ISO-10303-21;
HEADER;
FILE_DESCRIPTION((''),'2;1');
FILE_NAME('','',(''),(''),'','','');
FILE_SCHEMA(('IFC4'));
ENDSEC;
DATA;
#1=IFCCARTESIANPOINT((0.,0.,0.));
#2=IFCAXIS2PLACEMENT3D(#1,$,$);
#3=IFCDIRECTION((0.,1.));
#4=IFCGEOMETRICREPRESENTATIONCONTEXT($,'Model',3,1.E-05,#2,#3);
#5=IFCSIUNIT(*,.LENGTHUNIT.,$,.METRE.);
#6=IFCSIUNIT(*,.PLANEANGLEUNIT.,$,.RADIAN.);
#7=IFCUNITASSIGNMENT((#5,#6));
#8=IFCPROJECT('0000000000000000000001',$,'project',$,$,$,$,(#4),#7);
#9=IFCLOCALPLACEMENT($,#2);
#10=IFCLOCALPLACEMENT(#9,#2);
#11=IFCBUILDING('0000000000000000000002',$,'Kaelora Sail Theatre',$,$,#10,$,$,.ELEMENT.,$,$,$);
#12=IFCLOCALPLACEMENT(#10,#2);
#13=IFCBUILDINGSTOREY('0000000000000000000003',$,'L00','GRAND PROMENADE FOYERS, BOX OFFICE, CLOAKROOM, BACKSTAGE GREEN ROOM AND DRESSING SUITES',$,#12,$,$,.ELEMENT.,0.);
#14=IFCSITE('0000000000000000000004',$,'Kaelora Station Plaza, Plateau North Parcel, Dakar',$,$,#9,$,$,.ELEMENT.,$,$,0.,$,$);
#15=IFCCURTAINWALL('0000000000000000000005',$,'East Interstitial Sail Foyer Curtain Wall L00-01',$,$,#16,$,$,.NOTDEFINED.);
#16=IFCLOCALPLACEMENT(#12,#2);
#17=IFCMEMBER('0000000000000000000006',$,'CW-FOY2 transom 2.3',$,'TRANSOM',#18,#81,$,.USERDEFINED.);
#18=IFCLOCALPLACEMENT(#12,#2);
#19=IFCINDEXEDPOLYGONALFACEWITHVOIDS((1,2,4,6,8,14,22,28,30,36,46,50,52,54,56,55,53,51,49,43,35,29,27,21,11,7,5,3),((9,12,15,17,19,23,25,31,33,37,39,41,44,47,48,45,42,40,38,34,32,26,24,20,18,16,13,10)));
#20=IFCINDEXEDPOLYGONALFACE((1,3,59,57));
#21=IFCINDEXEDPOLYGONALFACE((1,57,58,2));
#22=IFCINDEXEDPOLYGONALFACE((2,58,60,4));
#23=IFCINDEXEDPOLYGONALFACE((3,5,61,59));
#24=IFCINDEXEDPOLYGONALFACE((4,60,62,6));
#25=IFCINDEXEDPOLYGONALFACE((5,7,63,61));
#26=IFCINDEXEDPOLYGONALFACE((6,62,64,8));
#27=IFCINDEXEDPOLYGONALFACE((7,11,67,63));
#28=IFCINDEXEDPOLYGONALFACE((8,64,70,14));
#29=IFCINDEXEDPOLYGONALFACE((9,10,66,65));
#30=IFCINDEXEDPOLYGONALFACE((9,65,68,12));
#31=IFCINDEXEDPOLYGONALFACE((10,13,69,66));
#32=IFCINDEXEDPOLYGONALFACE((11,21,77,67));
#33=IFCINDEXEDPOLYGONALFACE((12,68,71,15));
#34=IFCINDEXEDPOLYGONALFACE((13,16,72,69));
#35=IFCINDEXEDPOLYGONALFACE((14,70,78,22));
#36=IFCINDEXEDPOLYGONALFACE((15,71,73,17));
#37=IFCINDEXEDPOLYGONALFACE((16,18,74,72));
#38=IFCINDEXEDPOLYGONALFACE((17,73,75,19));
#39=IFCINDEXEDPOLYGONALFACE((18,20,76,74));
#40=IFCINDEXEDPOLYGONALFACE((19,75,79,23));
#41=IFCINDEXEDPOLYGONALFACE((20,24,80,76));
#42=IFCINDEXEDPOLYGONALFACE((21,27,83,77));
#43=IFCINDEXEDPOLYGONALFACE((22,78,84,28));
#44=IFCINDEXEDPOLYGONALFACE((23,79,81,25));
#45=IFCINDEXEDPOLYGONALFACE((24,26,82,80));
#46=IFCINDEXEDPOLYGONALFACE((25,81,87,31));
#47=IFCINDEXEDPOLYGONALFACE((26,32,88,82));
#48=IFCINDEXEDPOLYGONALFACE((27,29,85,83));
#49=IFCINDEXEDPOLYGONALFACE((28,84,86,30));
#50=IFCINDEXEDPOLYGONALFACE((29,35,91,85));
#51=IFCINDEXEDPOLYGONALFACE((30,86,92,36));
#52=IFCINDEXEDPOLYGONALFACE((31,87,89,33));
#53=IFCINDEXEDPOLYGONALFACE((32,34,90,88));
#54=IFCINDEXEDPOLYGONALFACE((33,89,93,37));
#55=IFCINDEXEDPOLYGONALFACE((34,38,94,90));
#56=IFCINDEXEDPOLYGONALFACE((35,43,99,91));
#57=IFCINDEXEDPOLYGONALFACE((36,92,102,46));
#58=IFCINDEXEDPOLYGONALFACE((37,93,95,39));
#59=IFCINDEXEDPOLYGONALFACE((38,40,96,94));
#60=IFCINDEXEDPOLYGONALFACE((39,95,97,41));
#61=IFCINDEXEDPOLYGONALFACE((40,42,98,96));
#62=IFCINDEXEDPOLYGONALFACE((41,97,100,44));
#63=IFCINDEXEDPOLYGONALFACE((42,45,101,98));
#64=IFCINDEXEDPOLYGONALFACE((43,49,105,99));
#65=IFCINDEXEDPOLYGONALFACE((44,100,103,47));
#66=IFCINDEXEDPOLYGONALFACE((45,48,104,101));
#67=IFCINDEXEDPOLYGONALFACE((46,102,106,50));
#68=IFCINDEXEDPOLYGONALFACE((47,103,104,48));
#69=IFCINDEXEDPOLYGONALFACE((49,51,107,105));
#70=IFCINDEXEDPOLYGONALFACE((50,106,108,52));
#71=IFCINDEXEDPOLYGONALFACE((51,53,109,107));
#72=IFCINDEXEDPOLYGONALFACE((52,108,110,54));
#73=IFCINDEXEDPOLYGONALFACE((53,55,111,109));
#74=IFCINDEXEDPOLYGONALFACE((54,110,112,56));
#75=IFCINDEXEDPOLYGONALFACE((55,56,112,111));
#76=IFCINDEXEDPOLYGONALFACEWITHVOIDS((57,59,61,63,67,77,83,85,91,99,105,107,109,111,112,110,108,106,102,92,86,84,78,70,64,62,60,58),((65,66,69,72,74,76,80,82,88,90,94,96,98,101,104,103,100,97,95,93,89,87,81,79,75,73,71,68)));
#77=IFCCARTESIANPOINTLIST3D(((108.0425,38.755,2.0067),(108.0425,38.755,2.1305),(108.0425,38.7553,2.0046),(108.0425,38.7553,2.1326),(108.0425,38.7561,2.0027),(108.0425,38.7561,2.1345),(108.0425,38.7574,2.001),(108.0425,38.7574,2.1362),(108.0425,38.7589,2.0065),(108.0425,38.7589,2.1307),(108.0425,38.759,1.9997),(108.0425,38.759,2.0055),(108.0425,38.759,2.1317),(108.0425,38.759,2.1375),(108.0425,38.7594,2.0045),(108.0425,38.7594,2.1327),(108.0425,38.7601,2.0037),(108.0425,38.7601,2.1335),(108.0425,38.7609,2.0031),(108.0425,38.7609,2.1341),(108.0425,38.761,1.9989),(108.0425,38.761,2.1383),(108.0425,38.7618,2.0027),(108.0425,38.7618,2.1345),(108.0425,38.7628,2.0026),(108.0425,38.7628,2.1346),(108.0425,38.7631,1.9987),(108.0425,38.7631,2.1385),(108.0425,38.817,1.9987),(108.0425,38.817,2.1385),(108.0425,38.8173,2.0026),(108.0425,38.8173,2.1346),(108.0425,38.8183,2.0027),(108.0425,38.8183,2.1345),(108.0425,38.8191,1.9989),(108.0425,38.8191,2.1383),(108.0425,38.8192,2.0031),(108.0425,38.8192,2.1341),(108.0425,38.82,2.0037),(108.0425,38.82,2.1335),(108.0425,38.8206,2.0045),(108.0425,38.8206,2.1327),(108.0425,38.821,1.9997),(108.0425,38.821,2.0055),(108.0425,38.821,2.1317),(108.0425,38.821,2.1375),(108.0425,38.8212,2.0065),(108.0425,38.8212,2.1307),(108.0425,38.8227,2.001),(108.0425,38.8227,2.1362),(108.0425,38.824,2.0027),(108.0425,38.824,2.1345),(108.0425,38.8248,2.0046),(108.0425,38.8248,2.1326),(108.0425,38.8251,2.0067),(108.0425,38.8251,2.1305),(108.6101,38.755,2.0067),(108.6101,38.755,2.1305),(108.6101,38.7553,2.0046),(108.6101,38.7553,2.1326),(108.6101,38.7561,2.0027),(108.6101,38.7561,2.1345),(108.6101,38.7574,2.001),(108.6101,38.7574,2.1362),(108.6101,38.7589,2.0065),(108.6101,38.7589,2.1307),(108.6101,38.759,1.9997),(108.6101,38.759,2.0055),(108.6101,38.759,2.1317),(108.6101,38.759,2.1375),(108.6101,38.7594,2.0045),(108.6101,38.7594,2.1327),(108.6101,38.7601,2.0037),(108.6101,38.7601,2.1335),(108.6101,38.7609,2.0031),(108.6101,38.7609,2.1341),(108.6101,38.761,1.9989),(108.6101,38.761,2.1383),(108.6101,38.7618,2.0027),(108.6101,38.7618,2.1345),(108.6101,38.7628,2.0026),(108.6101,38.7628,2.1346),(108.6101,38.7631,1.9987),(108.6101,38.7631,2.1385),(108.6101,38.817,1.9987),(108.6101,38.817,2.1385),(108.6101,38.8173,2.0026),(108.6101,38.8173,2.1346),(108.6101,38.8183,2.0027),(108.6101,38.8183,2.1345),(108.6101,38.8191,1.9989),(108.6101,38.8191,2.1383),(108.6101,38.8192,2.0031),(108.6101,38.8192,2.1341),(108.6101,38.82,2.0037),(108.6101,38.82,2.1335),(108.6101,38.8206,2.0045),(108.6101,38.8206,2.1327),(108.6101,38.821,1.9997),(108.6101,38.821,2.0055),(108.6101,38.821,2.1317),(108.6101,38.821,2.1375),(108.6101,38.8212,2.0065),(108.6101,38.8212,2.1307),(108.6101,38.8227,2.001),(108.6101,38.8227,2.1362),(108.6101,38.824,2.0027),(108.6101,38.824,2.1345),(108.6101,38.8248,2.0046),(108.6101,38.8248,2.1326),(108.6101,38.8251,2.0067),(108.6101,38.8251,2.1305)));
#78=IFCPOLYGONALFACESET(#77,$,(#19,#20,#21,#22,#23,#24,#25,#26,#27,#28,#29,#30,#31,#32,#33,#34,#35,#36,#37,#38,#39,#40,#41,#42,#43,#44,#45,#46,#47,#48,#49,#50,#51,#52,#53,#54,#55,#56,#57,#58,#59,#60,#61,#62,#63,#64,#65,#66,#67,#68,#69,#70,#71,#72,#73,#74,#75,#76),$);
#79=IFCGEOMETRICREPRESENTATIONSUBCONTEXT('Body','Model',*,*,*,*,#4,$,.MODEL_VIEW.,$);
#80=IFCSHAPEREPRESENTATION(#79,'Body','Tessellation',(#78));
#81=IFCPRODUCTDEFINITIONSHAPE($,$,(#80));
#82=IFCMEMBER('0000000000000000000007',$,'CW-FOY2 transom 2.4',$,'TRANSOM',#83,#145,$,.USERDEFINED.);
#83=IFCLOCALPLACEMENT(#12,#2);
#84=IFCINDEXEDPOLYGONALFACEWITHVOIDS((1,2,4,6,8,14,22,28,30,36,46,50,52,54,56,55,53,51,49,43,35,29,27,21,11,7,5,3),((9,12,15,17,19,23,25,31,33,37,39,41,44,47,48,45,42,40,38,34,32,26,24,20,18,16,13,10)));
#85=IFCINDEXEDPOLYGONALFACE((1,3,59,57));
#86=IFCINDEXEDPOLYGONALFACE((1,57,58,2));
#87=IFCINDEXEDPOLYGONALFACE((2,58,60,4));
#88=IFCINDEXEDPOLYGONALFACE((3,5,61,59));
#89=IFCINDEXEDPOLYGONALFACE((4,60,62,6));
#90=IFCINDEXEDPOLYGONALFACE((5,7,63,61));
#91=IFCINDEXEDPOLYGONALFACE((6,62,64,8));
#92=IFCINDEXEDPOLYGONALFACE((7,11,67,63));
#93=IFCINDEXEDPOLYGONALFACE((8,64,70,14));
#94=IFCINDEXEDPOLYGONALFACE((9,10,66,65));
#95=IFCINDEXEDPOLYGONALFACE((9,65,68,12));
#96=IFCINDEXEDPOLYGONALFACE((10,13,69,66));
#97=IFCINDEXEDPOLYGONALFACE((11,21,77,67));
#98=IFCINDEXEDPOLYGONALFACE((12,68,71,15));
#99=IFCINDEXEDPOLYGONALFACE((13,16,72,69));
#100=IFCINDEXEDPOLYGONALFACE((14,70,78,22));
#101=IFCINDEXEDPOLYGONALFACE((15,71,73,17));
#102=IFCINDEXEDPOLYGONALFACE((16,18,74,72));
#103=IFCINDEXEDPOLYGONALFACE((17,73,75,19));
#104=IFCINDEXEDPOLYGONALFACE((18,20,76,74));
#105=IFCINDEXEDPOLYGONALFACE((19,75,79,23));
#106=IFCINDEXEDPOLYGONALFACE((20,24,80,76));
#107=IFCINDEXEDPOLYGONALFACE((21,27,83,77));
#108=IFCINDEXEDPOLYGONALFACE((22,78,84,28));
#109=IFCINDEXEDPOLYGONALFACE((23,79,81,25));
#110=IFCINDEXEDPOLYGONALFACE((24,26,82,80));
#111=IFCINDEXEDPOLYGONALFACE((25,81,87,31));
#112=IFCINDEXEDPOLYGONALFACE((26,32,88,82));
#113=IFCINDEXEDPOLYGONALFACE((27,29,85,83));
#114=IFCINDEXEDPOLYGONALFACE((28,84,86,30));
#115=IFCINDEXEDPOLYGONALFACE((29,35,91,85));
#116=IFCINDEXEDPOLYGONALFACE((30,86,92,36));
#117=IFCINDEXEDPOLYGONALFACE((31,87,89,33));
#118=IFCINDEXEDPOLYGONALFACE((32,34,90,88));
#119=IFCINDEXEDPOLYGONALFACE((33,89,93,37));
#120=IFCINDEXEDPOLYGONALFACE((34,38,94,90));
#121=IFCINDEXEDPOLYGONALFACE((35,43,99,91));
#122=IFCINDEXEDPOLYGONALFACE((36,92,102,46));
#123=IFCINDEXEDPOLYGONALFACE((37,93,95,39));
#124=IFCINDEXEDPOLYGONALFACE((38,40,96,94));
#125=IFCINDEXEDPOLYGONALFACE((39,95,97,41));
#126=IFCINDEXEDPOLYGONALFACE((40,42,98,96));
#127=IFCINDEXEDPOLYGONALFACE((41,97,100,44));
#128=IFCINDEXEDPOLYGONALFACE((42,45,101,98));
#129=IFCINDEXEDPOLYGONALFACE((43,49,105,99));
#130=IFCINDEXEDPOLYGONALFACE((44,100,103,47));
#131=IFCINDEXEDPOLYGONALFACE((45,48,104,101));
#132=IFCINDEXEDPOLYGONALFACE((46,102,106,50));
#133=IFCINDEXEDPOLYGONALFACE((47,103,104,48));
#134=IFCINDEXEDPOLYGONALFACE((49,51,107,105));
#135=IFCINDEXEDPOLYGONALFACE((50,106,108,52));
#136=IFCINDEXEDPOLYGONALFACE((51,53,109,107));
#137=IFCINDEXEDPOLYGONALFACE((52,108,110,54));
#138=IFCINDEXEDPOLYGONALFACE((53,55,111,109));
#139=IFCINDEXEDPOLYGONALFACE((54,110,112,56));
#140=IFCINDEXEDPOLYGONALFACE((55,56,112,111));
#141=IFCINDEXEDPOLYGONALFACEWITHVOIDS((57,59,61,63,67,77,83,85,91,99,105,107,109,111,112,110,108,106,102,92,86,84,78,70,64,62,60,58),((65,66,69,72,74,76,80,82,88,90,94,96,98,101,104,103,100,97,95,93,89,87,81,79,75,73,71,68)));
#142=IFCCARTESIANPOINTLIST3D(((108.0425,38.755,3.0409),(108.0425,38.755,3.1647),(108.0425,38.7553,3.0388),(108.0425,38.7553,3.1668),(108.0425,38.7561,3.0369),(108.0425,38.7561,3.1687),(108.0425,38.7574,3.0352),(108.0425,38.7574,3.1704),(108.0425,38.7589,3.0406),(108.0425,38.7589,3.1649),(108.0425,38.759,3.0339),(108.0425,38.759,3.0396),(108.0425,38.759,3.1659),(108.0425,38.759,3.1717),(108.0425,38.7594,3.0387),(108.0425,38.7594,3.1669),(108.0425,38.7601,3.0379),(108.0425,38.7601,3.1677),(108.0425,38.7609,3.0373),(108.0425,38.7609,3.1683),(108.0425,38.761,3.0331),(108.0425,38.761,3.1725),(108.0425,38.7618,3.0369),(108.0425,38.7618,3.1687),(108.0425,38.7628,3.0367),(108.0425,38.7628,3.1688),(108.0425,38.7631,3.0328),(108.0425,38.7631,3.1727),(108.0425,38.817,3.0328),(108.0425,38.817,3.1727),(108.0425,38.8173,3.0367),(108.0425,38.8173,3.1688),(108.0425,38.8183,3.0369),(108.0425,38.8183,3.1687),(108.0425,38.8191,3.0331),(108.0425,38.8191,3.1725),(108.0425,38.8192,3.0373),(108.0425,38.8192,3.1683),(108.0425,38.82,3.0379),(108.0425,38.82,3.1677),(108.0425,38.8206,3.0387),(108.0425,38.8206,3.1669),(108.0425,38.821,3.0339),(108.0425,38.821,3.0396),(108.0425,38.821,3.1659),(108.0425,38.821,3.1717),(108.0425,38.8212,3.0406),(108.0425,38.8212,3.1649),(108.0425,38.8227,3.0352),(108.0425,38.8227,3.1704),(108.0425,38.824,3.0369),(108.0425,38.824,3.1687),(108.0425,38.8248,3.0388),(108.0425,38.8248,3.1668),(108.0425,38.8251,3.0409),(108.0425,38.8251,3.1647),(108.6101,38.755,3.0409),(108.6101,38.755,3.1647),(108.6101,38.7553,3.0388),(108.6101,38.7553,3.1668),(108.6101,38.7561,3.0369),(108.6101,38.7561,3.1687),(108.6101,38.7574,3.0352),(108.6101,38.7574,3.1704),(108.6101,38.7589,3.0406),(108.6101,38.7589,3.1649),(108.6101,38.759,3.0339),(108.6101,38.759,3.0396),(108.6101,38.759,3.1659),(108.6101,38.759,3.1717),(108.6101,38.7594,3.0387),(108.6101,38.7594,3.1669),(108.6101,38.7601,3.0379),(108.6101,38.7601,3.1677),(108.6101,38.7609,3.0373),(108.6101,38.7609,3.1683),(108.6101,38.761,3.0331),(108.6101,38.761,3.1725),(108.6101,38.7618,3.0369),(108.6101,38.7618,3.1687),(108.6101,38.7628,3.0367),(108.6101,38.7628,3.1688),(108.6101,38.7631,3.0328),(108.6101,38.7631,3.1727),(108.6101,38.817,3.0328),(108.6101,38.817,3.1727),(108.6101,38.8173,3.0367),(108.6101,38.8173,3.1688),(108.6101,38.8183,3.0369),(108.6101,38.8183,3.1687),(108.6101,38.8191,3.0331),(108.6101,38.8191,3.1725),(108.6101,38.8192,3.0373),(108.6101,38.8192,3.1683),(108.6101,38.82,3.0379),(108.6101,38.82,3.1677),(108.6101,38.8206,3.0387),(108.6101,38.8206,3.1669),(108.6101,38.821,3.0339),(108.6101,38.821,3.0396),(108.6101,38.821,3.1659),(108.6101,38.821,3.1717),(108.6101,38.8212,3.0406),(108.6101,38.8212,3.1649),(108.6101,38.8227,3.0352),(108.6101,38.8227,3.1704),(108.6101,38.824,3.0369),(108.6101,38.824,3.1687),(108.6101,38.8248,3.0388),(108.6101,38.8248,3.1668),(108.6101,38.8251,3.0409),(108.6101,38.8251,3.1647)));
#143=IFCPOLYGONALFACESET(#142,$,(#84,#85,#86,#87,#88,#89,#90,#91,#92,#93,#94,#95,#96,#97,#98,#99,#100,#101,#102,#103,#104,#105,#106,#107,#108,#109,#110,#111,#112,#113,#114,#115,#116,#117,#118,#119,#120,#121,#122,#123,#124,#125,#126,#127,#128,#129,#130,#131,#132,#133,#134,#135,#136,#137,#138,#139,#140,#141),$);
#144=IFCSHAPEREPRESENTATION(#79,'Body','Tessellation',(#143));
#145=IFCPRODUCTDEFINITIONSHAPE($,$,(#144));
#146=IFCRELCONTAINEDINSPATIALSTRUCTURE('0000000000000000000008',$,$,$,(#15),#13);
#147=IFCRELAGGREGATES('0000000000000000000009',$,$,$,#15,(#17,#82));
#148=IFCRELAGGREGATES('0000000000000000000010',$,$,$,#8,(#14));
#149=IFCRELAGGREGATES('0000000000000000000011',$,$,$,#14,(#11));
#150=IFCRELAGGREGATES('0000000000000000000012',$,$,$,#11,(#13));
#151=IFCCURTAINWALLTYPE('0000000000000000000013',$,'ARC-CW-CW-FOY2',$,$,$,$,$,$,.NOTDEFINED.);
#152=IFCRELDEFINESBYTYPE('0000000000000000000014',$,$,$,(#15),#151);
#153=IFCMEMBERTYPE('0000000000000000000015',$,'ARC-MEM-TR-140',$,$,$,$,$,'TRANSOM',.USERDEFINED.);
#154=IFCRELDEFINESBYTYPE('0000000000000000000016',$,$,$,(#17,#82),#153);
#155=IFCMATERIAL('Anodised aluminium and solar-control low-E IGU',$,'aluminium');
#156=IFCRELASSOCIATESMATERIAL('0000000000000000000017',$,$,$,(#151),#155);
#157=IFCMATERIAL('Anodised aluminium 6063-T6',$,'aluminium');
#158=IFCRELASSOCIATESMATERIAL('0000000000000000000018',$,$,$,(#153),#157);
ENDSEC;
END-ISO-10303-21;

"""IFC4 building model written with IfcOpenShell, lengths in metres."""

from ifc_helpers import new_model, si_unit, direction, frame, origin, origin_2d, place, context, subcontext, project, spatial, hollow_rectangle, extrude, material, material_profile, profile_set, type_object, element, aggregate, save


model = new_model("IFC4")

# Units and contexts
model_context = context("Model", 3, precision=1e-05, world=origin(), true_north=direction((0.0, 1.0)))
body_context = subcontext(model_context, "Body", "Model", "MODEL_VIEW")
ifc_project = project(units=[si_unit("LENGTHUNIT", "METRE"), si_unit("PLANEANGLEUNIT", "RADIAN")], contexts=[model_context])

# Site, building, storey
site_placement = place(None, origin())
site = spatial("IfcSite", under=ifc_project, at=site_placement, Name="Kaelora Station Plaza, Plateau North Parcel, Dakar", CompositionType="ELEMENT", RefElevation=0.0)
building_placement = place(site_placement, origin())
building = spatial("IfcBuilding", under=site, at=building_placement, Name="Kaelora Sail Theatre", CompositionType="ELEMENT")
storey_placement = place(building_placement, origin())
storey = spatial("IfcBuildingStorey", under=building, at=storey_placement, Name="L00", Description="GRAND PROMENADE FOYERS, BOX OFFICE, CLOAKROOM, BACKSTAGE GREEN ROOM AND DRESSING SUITES", CompositionType="ELEMENT", Elevation=0.0)

# Curtain wall, members
ifc_material_1 = material(Name="Anodised aluminium and solar-control low-E IGU", Category="aluminium")
curtain_wall_type = type_object("IfcCurtainWallType", Name="ARC-CW-CW-FOY2", PredefinedType="NOTDEFINED", material=ifc_material_1)
curtain_wall_placement = place(storey_placement, origin())
curtain_wall = element("IfcCurtainWall", 1, at=curtain_wall_placement, inside=storey, type_object=curtain_wall_type, Name="East Interstitial Sail Foyer Curtain Wall L00-01", PredefinedType="NOTDEFINED")
ifc_material_2 = material(Name="Anodised aluminium 6063-T6", Category="aluminium")
ifc_material_profile_1 = material_profile(ifc_material_2, hollow_rectangle(XDim=0.0701, YDim=0.1399, WallThickness=0.0039, InnerFilletRadius=0.0039, OuterFilletRadius=0.0081, at=origin_2d()), Name="ALU-TRAN 70x140x4")
ifc_profile_set_1 = profile_set([ifc_material_profile_1], Name="Anodised aluminium 6063-T6")
member_type_1 = type_object("IfcMemberType", Name="ARC-MEM-TR-140", ElementType="TRANSOM", PredefinedType="USERDEFINED", material=ifc_profile_set_1)
member_1_placement = place(storey_placement, frame((108.0425, 38.79, 2.0686), z_axis=(1.0, 0.0, 0.0), x_axis=(0.0, 1.0, 0.0)))
member_1 = element("IfcMember", 2, at=member_1_placement, type_object=member_type_1, Name="CW-FOY2 transom 2.3", ObjectType="TRANSOM", PredefinedType="USERDEFINED", context=body_context, shape_type="SweptSolid", body=[
    extrude(hollow_rectangle(XDim=0.0701, YDim=0.1399, WallThickness=0.0039, InnerFilletRadius=0.0039, OuterFilletRadius=0.0081, at=origin_2d()), origin(), (0.0, 0.0, 1.0), 0.5676),
])
member_2_placement = place(storey_placement, frame((108.0425, 38.79, 3.1028), z_axis=(1.0, 0.0, 0.0), x_axis=(0.0, 1.0, 0.0)))
member_2 = element("IfcMember", 3, at=member_2_placement, type_object=member_type_1, Name="CW-FOY2 transom 2.4", ObjectType="TRANSOM", PredefinedType="USERDEFINED", context=body_context, shape_type="SweptSolid", body=[
    extrude(hollow_rectangle(XDim=0.0701, YDim=0.1399, WallThickness=0.0039, InnerFilletRadius=0.0039, OuterFilletRadius=0.0081, at=origin_2d()), origin(), (0.0, 0.0, 1.0), 0.5676),
])
aggregate(curtain_wall, [member_1, member_2])

save(model, "model.ifc")
